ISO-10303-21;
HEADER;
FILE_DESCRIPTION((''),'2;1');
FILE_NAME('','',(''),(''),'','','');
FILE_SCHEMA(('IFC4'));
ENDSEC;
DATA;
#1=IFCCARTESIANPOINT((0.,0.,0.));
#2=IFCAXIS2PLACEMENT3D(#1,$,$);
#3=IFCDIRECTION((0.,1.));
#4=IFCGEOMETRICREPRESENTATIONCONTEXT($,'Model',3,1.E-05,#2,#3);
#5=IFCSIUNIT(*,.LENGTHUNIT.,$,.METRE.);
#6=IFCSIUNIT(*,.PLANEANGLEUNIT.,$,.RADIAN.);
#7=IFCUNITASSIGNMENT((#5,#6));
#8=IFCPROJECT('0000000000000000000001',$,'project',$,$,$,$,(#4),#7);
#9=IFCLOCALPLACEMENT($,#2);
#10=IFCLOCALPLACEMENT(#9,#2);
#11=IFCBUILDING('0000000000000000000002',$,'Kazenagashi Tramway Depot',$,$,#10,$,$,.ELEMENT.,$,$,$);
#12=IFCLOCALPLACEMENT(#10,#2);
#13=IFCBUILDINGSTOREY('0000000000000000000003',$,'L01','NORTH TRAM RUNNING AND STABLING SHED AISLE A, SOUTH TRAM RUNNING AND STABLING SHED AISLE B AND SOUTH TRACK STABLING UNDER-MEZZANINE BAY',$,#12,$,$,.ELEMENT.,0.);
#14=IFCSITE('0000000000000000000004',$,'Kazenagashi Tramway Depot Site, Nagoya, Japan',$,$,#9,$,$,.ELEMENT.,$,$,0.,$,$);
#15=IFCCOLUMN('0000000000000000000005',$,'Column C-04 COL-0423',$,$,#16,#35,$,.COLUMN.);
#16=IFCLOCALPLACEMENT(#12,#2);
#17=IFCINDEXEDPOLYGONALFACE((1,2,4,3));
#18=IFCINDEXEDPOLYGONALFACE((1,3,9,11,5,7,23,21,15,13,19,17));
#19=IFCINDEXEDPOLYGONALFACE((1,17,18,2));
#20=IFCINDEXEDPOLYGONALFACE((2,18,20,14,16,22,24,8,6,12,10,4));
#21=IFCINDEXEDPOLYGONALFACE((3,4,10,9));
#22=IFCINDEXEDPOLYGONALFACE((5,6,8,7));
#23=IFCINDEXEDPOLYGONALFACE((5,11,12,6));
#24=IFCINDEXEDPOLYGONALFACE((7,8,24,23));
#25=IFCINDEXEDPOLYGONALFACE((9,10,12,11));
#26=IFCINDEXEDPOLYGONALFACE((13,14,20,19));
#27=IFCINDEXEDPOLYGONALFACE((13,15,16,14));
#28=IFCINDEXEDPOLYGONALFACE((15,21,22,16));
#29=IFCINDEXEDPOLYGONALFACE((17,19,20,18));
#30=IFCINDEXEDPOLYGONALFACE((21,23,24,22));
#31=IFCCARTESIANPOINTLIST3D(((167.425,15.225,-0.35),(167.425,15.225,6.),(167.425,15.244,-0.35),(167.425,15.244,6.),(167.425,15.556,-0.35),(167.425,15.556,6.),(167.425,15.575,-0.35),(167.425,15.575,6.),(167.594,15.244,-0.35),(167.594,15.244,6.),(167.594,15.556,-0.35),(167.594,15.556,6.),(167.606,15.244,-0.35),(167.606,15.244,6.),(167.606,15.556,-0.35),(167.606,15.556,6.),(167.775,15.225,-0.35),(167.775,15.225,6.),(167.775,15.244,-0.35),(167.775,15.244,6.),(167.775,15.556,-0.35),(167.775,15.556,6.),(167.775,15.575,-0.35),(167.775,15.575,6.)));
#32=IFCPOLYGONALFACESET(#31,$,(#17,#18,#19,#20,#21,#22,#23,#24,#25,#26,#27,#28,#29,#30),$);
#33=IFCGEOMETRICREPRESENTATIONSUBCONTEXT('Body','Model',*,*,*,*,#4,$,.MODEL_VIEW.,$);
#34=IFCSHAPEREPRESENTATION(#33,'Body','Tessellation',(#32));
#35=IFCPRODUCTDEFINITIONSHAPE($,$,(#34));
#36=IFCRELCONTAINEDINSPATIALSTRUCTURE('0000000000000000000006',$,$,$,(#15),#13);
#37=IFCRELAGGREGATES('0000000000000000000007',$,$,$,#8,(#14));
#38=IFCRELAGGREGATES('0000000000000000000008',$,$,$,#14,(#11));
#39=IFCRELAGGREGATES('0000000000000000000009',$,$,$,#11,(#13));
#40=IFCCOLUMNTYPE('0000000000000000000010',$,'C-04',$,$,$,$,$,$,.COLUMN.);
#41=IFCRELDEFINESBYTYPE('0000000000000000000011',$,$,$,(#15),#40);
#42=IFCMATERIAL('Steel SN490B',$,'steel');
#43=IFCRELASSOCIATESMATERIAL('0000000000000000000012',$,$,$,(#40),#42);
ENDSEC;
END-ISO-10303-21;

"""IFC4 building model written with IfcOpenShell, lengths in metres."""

from ifc_helpers import new_model, si_unit, direction, frame, origin, origin_2d, place, context, subcontext, project, spatial, i_section, extrude, material, material_profile, profile_set, type_object, element, save


model = new_model("IFC4")

# Units and contexts
model_context = context("Model", 3, precision=1e-05, world=origin(), true_north=direction((0.0, 1.0)))
body_context = subcontext(model_context, "Body", "Model", "MODEL_VIEW")
ifc_project = project(units=[si_unit("LENGTHUNIT", "METRE"), si_unit("PLANEANGLEUNIT", "RADIAN")], contexts=[model_context])

# Site, building, storey
site_placement = place(None, origin())
site = spatial("IfcSite", under=ifc_project, at=site_placement, Name="Kazenagashi Tramway Depot Site, Nagoya, Japan", CompositionType="ELEMENT", RefElevation=0.0)
building_placement = place(site_placement, origin())
building = spatial("IfcBuilding", under=site, at=building_placement, Name="Kazenagashi Tramway Depot", CompositionType="ELEMENT")
storey_placement = place(building_placement, origin())
storey = spatial("IfcBuildingStorey", under=building, at=storey_placement, Name="L01", Description="NORTH TRAM RUNNING AND STABLING SHED AISLE A, SOUTH TRAM RUNNING AND STABLING SHED AISLE B AND SOUTH TRACK STABLING UNDER-MEZZANINE BAY", CompositionType="ELEMENT", Elevation=0.0)

# Column
ifc_material_1 = material(Name="Steel SN490B", Category="steel")
ifc_material_profile_1 = material_profile(ifc_material_1, i_section(OverallWidth=0.35, OverallDepth=0.35, WebThickness=0.012, FlangeThickness=0.019, at=origin_2d()), Name="H-350x350x12x19")
ifc_profile_set_1 = profile_set([ifc_material_profile_1], Name="Steel SN490B")
column_type = type_object("IfcColumnType", Name="C-04", PredefinedType="COLUMN", material=ifc_profile_set_1)
for number, where, z_axis, x_axis, name in (
    (1, (167.6, 15.4, -0.35), (0.0, 0.0, 1.0), (1.0, 0.0, 0.0), "Column C-04 COL-0423"),
):
    element("IfcColumn", number, at=place(storey_placement, frame(where, z_axis=z_axis, x_axis=x_axis)), inside=storey, type_object=column_type, Name=name, PredefinedType="COLUMN", context=body_context, shape_type="SweptSolid", body=[
        extrude(i_section(OverallWidth=0.35, OverallDepth=0.35, WebThickness=0.012, FlangeThickness=0.019, at=origin_2d()), origin(), (0.0, 0.0, 1.0), 6.35),
    ])

save(model, "model.ifc")
